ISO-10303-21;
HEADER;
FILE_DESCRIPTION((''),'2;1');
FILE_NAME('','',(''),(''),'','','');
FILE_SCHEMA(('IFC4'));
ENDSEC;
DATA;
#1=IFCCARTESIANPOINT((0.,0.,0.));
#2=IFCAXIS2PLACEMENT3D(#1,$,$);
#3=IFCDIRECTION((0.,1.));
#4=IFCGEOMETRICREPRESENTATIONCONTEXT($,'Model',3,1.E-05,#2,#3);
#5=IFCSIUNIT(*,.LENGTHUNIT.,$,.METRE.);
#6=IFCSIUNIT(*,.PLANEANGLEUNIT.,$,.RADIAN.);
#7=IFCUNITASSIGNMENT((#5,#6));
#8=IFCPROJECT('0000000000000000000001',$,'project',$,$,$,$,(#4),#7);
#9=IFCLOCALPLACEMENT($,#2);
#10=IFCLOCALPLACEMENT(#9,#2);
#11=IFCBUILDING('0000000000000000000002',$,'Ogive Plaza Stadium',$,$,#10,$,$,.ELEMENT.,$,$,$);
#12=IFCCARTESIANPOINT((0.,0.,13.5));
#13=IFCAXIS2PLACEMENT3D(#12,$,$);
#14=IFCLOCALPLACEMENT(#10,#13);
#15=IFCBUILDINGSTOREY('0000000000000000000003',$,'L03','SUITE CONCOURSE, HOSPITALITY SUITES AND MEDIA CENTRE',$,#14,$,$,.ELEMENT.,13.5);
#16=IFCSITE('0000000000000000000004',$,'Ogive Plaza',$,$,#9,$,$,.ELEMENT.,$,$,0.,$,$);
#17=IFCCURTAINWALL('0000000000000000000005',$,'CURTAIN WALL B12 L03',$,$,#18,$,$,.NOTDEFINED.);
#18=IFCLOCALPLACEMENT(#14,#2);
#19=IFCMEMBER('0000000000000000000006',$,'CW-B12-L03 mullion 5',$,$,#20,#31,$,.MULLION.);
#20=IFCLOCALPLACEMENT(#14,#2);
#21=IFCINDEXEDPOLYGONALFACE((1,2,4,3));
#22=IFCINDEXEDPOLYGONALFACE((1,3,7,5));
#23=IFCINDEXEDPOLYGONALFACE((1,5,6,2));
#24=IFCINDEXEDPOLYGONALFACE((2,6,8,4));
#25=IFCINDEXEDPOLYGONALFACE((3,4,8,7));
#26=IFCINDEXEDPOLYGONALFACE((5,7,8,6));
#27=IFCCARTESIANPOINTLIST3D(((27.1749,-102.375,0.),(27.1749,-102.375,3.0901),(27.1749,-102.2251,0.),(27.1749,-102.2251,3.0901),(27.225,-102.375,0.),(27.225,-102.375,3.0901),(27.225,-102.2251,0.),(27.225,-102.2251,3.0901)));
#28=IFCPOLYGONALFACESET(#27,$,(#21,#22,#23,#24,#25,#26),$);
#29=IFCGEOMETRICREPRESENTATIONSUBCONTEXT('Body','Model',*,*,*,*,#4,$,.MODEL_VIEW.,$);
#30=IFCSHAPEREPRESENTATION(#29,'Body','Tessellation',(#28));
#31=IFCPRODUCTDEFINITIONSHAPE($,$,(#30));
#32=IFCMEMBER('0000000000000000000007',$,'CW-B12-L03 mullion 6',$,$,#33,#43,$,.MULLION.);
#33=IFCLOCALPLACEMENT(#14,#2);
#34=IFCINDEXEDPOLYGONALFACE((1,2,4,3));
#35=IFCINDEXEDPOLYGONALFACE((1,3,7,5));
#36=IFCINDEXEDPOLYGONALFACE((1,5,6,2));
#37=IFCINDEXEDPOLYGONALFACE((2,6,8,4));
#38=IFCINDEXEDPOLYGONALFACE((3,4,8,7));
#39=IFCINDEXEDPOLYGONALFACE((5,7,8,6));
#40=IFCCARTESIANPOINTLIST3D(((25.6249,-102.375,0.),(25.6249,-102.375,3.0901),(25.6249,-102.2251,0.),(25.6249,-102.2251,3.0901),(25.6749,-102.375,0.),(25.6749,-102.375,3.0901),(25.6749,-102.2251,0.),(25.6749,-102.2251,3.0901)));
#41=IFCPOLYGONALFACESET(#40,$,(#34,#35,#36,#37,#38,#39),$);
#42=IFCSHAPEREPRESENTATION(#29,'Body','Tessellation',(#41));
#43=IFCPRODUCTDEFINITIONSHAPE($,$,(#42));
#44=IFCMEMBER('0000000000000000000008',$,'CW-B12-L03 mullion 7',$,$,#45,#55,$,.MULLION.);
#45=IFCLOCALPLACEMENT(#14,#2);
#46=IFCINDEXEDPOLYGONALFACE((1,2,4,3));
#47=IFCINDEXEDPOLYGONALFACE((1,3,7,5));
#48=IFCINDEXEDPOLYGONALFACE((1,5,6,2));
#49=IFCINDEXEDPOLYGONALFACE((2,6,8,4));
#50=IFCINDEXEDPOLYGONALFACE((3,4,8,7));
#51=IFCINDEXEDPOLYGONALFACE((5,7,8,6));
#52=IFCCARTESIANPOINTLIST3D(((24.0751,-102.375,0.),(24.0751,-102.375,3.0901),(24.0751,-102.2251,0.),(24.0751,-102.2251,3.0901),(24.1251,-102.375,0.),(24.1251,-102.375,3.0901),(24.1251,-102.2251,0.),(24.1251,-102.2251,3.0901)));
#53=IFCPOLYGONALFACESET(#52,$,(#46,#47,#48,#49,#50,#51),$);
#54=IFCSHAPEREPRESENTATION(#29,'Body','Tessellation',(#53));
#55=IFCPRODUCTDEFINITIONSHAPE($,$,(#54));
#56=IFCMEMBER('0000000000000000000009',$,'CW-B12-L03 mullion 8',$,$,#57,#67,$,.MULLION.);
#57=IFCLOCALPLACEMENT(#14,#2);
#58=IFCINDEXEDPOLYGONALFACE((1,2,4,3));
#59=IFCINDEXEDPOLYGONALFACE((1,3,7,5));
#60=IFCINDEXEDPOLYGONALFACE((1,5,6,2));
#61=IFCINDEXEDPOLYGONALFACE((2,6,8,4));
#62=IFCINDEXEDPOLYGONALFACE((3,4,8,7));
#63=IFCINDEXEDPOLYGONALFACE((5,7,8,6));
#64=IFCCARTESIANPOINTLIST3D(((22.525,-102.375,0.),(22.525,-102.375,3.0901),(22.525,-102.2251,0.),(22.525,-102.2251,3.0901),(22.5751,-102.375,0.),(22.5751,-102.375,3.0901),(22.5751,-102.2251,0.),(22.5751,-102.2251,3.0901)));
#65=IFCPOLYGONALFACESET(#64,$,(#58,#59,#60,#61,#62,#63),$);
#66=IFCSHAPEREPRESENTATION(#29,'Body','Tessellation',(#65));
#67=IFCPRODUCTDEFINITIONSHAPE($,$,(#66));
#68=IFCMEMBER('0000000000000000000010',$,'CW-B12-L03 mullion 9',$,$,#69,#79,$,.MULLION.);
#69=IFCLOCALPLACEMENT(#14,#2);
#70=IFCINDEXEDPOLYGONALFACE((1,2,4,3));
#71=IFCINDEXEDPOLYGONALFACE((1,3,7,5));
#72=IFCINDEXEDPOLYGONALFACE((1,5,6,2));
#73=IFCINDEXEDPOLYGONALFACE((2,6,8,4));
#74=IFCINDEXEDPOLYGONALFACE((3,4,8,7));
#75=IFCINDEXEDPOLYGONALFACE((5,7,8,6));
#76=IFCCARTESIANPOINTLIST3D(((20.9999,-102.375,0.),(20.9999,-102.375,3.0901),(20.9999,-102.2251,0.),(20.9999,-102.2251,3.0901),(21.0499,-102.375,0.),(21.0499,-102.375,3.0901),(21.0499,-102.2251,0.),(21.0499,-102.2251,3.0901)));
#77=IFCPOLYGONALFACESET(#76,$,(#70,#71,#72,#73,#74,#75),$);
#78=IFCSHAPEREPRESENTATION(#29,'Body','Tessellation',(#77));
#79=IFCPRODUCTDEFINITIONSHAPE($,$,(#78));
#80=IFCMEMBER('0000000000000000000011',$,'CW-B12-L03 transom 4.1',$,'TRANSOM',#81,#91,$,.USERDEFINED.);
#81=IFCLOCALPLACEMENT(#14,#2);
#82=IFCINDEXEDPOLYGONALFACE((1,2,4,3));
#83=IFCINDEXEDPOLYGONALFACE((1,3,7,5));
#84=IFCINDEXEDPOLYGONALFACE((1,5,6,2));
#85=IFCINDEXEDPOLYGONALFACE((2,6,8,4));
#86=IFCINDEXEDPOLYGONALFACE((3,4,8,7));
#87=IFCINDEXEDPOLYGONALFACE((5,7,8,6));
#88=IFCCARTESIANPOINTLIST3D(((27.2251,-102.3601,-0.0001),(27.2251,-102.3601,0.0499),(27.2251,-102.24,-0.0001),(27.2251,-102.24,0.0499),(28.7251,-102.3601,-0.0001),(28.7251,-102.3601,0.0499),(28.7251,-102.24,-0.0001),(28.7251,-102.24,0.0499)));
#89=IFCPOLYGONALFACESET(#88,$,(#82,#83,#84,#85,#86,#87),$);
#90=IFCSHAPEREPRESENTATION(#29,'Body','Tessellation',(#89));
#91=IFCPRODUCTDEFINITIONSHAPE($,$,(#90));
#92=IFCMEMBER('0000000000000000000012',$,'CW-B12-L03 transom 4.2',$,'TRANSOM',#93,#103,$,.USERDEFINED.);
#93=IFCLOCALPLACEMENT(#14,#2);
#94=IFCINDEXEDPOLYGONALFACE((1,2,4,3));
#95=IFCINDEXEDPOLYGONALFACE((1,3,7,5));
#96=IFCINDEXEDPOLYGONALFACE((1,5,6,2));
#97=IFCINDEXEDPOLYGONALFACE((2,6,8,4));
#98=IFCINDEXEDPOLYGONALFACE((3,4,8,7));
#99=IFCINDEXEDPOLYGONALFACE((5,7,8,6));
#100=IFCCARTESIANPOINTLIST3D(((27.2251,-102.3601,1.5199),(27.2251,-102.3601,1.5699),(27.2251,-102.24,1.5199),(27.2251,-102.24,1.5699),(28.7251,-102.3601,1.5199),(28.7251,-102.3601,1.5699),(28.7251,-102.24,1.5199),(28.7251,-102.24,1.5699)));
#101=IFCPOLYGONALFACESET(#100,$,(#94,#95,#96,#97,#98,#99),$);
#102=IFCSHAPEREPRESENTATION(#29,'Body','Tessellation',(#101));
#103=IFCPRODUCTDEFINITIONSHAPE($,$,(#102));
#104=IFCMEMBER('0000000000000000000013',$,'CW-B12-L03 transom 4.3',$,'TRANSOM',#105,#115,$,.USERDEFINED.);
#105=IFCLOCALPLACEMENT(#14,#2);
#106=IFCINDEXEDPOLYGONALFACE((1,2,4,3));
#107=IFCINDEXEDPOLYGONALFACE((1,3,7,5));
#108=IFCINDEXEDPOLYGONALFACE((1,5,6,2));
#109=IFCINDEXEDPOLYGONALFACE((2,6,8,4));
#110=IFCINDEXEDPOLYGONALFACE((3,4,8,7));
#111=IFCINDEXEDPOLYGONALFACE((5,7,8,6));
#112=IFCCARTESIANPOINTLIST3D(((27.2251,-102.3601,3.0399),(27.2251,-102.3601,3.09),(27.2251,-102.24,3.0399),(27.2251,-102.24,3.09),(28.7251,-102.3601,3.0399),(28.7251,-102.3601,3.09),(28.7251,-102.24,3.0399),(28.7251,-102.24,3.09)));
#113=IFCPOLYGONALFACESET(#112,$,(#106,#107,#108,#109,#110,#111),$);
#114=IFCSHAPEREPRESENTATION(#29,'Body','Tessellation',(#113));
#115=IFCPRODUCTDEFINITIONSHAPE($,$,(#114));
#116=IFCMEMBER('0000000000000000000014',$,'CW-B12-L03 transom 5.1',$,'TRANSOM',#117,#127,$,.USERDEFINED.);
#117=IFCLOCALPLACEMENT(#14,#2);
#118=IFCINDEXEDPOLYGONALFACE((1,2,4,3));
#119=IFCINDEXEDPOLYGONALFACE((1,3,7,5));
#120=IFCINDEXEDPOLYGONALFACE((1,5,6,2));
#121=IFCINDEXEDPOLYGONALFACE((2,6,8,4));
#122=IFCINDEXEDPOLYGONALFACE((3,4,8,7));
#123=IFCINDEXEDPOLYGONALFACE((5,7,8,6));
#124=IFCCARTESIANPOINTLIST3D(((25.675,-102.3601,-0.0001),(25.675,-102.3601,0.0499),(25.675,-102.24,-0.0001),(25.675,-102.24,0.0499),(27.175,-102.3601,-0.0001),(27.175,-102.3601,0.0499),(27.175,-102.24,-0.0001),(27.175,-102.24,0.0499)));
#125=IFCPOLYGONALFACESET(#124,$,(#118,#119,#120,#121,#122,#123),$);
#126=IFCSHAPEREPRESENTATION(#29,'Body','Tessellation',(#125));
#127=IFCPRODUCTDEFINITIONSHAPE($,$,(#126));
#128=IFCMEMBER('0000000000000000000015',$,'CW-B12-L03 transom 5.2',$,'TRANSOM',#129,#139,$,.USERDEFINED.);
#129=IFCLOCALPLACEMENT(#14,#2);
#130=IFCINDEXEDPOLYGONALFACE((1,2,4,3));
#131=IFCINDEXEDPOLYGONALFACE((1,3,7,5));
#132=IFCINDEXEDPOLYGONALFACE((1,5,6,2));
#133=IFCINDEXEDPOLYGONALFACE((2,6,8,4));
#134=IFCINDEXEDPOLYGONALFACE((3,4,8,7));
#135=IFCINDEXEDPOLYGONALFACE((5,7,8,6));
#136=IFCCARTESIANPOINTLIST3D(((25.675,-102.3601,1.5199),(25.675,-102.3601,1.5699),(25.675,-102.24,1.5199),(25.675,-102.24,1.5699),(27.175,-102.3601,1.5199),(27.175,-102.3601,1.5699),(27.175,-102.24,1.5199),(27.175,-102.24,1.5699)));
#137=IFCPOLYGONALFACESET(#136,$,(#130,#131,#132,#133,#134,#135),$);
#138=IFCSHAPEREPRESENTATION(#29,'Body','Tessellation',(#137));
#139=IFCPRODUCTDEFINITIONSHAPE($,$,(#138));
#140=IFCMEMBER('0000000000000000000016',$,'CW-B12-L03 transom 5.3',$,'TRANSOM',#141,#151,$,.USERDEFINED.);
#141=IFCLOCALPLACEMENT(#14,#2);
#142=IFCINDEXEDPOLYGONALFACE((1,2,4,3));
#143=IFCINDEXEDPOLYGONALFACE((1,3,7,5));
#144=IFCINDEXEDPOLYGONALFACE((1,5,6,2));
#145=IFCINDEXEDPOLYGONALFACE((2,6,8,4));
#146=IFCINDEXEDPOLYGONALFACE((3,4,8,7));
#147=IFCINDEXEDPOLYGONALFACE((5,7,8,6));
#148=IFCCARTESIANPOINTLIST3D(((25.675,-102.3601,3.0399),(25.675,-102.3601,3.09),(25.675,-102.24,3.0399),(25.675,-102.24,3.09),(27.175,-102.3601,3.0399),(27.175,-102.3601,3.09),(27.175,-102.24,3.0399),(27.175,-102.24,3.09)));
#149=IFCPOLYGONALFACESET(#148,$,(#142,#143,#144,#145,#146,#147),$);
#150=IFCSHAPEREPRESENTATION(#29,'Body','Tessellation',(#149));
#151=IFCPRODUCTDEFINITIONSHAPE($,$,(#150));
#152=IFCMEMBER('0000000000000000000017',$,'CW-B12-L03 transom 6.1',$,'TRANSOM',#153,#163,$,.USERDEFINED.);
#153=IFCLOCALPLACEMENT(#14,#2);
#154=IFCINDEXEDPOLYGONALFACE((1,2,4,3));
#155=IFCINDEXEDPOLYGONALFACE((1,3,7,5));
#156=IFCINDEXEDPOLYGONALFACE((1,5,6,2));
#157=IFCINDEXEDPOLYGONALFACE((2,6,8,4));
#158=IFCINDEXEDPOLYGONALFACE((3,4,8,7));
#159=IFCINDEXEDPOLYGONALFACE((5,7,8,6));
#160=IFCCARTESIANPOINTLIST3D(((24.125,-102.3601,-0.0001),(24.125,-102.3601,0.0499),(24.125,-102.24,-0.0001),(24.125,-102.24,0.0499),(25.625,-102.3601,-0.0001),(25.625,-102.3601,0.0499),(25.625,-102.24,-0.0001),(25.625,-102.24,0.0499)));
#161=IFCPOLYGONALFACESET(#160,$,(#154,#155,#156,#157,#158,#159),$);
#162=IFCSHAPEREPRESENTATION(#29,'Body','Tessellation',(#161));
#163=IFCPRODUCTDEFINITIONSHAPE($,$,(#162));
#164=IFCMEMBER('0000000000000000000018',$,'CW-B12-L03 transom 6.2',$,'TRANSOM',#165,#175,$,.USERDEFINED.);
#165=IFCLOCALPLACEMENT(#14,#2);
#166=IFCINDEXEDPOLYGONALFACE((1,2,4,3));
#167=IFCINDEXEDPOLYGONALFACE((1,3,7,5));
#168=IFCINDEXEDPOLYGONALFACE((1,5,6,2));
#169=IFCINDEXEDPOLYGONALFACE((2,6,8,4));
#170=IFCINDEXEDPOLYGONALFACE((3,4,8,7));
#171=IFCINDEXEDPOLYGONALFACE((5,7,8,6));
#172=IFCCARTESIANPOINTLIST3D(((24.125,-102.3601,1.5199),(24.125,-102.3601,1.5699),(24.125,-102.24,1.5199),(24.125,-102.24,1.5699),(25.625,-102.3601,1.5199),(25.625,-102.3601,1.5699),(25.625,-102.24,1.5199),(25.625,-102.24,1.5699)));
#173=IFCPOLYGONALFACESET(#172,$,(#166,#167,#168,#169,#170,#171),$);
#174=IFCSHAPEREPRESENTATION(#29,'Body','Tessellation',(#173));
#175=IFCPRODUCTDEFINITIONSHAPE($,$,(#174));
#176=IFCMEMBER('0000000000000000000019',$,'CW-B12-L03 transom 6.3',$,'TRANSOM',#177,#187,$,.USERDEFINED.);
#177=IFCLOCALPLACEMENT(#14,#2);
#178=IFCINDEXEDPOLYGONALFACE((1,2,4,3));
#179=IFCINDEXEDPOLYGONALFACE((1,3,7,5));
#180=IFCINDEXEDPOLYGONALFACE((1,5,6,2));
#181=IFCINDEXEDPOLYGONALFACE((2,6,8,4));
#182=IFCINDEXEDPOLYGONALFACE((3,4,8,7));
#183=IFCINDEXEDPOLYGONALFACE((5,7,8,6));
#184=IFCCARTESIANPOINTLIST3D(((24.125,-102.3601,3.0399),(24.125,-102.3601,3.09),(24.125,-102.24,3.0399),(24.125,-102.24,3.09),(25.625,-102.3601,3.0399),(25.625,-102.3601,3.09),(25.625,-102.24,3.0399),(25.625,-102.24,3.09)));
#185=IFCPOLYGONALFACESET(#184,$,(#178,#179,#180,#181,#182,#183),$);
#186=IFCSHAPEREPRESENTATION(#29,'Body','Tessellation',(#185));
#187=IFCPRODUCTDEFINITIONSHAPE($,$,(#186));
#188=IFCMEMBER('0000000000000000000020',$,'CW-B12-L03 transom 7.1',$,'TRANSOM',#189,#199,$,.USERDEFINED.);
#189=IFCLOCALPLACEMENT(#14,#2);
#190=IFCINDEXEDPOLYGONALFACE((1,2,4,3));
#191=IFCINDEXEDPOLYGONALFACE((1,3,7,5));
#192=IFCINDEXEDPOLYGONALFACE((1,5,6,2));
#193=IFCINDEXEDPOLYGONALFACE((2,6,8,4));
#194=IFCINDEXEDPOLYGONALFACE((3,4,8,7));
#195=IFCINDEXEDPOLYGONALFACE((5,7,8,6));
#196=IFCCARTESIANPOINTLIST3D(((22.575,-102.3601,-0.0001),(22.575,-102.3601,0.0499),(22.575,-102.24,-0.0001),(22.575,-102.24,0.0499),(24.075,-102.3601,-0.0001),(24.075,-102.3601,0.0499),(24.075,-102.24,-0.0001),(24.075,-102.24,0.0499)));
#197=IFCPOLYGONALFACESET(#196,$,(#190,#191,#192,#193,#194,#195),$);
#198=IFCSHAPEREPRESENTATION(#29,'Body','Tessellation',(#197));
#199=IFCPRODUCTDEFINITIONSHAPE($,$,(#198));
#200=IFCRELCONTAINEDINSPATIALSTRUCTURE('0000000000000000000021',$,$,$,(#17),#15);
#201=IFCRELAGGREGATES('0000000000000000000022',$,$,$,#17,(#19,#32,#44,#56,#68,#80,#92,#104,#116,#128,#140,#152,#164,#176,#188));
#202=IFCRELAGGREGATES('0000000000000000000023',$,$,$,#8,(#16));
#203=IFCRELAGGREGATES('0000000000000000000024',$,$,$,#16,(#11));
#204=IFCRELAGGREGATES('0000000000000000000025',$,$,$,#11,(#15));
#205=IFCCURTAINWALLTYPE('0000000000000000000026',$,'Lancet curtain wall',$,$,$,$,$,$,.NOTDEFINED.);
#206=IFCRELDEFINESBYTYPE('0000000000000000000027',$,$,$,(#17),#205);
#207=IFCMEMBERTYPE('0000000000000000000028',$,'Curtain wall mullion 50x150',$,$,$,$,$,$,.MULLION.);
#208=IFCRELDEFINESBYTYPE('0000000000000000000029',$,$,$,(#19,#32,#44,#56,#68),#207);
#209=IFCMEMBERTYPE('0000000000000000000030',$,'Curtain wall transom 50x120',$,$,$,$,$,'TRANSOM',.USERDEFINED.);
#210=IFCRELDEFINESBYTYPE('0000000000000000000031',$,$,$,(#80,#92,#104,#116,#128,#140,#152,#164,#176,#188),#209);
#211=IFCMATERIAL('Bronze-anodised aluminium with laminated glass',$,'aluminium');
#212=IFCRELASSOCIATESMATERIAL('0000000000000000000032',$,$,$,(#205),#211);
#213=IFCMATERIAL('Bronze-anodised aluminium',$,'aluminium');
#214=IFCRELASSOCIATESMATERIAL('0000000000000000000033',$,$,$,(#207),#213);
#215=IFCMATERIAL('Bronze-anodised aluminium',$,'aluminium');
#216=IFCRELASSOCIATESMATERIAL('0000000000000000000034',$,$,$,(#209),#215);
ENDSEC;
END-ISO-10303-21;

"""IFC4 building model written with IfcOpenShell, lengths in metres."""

from ifc_helpers import new_model, si_unit, direction, frame, origin, origin_2d, place, context, subcontext, project, spatial, rectangle, extrude, material, material_profile, profile_set, type_object, element, aggregate, save


model = new_model("IFC4")

# Units and contexts
model_context = context("Model", 3, precision=1e-05, world=origin(), true_north=direction((0.0, 1.0)))
body_context = subcontext(model_context, "Body", "Model", "MODEL_VIEW")
ifc_project = project(units=[si_unit("LENGTHUNIT", "METRE"), si_unit("PLANEANGLEUNIT", "RADIAN")], contexts=[model_context])

# Site, building, storey
site_placement = place(None, origin())
site = spatial("IfcSite", under=ifc_project, at=site_placement, Name="Ogive Plaza", CompositionType="ELEMENT", RefElevation=0.0)
building_placement = place(site_placement, origin())
building = spatial("IfcBuilding", under=site, at=building_placement, Name="Ogive Plaza Stadium", CompositionType="ELEMENT")
storey_placement = place(building_placement, frame((0.0, 0.0, 13.5)))
storey = spatial("IfcBuildingStorey", under=building, at=storey_placement, Name="L03", Description="SUITE CONCOURSE, HOSPITALITY SUITES AND MEDIA CENTRE", CompositionType="ELEMENT", Elevation=13.5)

# Curtain wall, members
ifc_material_1 = material(Name="Bronze-anodised aluminium with laminated glass", Category="aluminium")
curtain_wall_type = type_object("IfcCurtainWallType", Name="Lancet curtain wall", PredefinedType="NOTDEFINED", material=ifc_material_1)
curtain_wall_placement = place(storey_placement, origin())
curtain_wall = element("IfcCurtainWall", 1, at=curtain_wall_placement, inside=storey, type_object=curtain_wall_type, Name="CURTAIN WALL B12 L03", PredefinedType="NOTDEFINED")
ifc_material_2 = material(Name="Bronze-anodised aluminium", Category="aluminium")
ifc_material_profile_1 = material_profile(ifc_material_2, rectangle(XDim=0.1499, YDim=0.05, at=origin_2d()), Name="AL 150x50")
ifc_profile_set_1 = profile_set([ifc_material_profile_1], Name="Bronze-anodised aluminium")
member_type_1 = type_object("IfcMemberType", Name="Curtain wall mullion 50x150", PredefinedType="MULLION", material=ifc_profile_set_1)
member_1_placement = place(storey_placement, frame((27.2, -102.3, 0.0), z_axis=(0.0, 0.0, 1.0), x_axis=(0.0, -1.0, 0.0)))
member_1 = element("IfcMember", 2, at=member_1_placement, type_object=member_type_1, Name="CW-B12-L03 mullion 5", PredefinedType="MULLION", context=body_context, shape_type="SweptSolid", body=[
    extrude(rectangle(XDim=0.1499, YDim=0.05, at=origin_2d()), origin(), (0.0, 0.0, 1.0), 3.0901),
])
member_2_placement = place(storey_placement, frame((25.6499, -102.3, 0.0), z_axis=(0.0, 0.0, 1.0), x_axis=(0.0, -1.0, 0.0)))
member_2 = element("IfcMember", 3, at=member_2_placement, type_object=member_type_1, Name="CW-B12-L03 mullion 6", PredefinedType="MULLION", context=body_context, shape_type="SweptSolid", body=[
    extrude(rectangle(XDim=0.1499, YDim=0.05, at=origin_2d()), origin(), (0.0, 0.0, 1.0), 3.0901),
])
member_3_placement = place(storey_placement, frame((24.1001, -102.3, 0.0), z_axis=(0.0, 0.0, 1.0), x_axis=(0.0, -1.0, 0.0)))
member_3 = element("IfcMember", 4, at=member_3_placement, type_object=member_type_1, Name="CW-B12-L03 mullion 7", PredefinedType="MULLION", context=body_context, shape_type="SweptSolid", body=[
    extrude(rectangle(XDim=0.1499, YDim=0.05, at=origin_2d()), origin(), (0.0, 0.0, 1.0), 3.0901),
])
member_4_placement = place(storey_placement, frame((22.55, -102.3, 0.0), z_axis=(0.0, 0.0, 1.0), x_axis=(0.0, -1.0, 0.0)))
member_4 = element("IfcMember", 5, at=member_4_placement, type_object=member_type_1, Name="CW-B12-L03 mullion 8", PredefinedType="MULLION", context=body_context, shape_type="SweptSolid", body=[
    extrude(rectangle(XDim=0.1499, YDim=0.05, at=origin_2d()), origin(), (0.0, 0.0, 1.0), 3.0901),
])
member_5_placement = place(storey_placement, frame((21.0249, -102.3, 0.0), z_axis=(0.0, 0.0, 1.0), x_axis=(0.0, -1.0, 0.0)))
member_5 = element("IfcMember", 6, at=member_5_placement, type_object=member_type_1, Name="CW-B12-L03 mullion 9", PredefinedType="MULLION", context=body_context, shape_type="SweptSolid", body=[
    extrude(rectangle(XDim=0.1499, YDim=0.05, at=origin_2d()), origin(), (0.0, 0.0, 1.0), 3.0901),
])
ifc_material_3 = material(Name="Bronze-anodised aluminium", Category="aluminium")
ifc_material_profile_2 = material_profile(ifc_material_3, rectangle(XDim=0.1201, YDim=0.05, at=origin_2d()), Name="AL 120x50")
ifc_profile_set_2 = profile_set([ifc_material_profile_2], Name="Bronze-anodised aluminium")
member_type_2 = type_object("IfcMemberType", Name="Curtain wall transom 50x120", ElementType="TRANSOM", PredefinedType="USERDEFINED", material=ifc_profile_set_2)
member_6_placement = place(storey_placement, frame((28.7251, -102.3, 0.0249), z_axis=(-1.0, 0.0, 0.0), x_axis=(0.0, -1.0, 0.0)))
member_6 = element("IfcMember", 7, at=member_6_placement, type_object=member_type_2, Name="CW-B12-L03 transom 4.1", ObjectType="TRANSOM", PredefinedType="USERDEFINED", context=body_context, shape_type="SweptSolid", body=[
    extrude(rectangle(XDim=0.1201, YDim=0.05, at=origin_2d()), origin(), (0.0, 0.0, 1.0), 1.5),
])
member_7_placement = place(storey_placement, frame((28.7251, -102.3, 1.5449), z_axis=(-1.0, 0.0, 0.0), x_axis=(0.0, -1.0, 0.0)))
member_7 = element("IfcMember", 8, at=member_7_placement, type_object=member_type_2, Name="CW-B12-L03 transom 4.2", ObjectType="TRANSOM", PredefinedType="USERDEFINED", context=body_context, shape_type="SweptSolid", body=[
    extrude(rectangle(XDim=0.1201, YDim=0.05, at=origin_2d()), origin(), (0.0, 0.0, 1.0), 1.5),
])
member_8_placement = place(storey_placement, frame((28.7251, -102.3, 3.0649), z_axis=(-1.0, 0.0, 0.0), x_axis=(0.0, -1.0, 0.0)))
member_8 = element("IfcMember", 9, at=member_8_placement, type_object=member_type_2, Name="CW-B12-L03 transom 4.3", ObjectType="TRANSOM", PredefinedType="USERDEFINED", context=body_context, shape_type="SweptSolid", body=[
    extrude(rectangle(XDim=0.1201, YDim=0.05, at=origin_2d()), origin(), (0.0, 0.0, 1.0), 1.5),
])
member_9_placement = place(storey_placement, frame((27.175, -102.3, 0.0249), z_axis=(-1.0, 0.0, 0.0), x_axis=(0.0, -1.0, 0.0)))
member_9 = element("IfcMember", 10, at=member_9_placement, type_object=member_type_2, Name="CW-B12-L03 transom 5.1", ObjectType="TRANSOM", PredefinedType="USERDEFINED", context=body_context, shape_type="SweptSolid", body=[
    extrude(rectangle(XDim=0.1201, YDim=0.05, at=origin_2d()), origin(), (0.0, 0.0, 1.0), 1.5),
])
member_10_placement = place(storey_placement, frame((27.175, -102.3, 1.5449), z_axis=(-1.0, 0.0, 0.0), x_axis=(0.0, -1.0, 0.0)))
member_10 = element("IfcMember", 11, at=member_10_placement, type_object=member_type_2, Name="CW-B12-L03 transom 5.2", ObjectType="TRANSOM", PredefinedType="USERDEFINED", context=body_context, shape_type="SweptSolid", body=[
    extrude(rectangle(XDim=0.1201, YDim=0.05, at=origin_2d()), origin(), (0.0, 0.0, 1.0), 1.5),
])
member_11_placement = place(storey_placement, frame((27.175, -102.3, 3.0649), z_axis=(-1.0, 0.0, 0.0), x_axis=(0.0, -1.0, 0.0)))
member_11 = element("IfcMember", 12, at=member_11_placement, type_object=member_type_2, Name="CW-B12-L03 transom 5.3", ObjectType="TRANSOM", PredefinedType="USERDEFINED", context=body_context, shape_type="SweptSolid", body=[
    extrude(rectangle(XDim=0.1201, YDim=0.05, at=origin_2d()), origin(), (0.0, 0.0, 1.0), 1.5),
])
member_12_placement = place(storey_placement, frame((25.625, -102.3, 0.0249), z_axis=(-1.0, 0.0, 0.0), x_axis=(0.0, -1.0, 0.0)))
member_12 = element("IfcMember", 13, at=member_12_placement, type_object=member_type_2, Name="CW-B12-L03 transom 6.1", ObjectType="TRANSOM", PredefinedType="USERDEFINED", context=body_context, shape_type="SweptSolid", body=[
    extrude(rectangle(XDim=0.1201, YDim=0.05, at=origin_2d()), origin(), (0.0, 0.0, 1.0), 1.5),
])
member_13_placement = place(storey_placement, frame((25.625, -102.3, 1.5449), z_axis=(-1.0, 0.0, 0.0), x_axis=(0.0, -1.0, 0.0)))
member_13 = element("IfcMember", 14, at=member_13_placement, type_object=member_type_2, Name="CW-B12-L03 transom 6.2", ObjectType="TRANSOM", PredefinedType="USERDEFINED", context=body_context, shape_type="SweptSolid", body=[
    extrude(rectangle(XDim=0.1201, YDim=0.05, at=origin_2d()), origin(), (0.0, 0.0, 1.0), 1.5),
])
member_14_placement = place(storey_placement, frame((25.625, -102.3, 3.0649), z_axis=(-1.0, 0.0, 0.0), x_axis=(0.0, -1.0, 0.0)))
member_14 = element("IfcMember", 15, at=member_14_placement, type_object=member_type_2, Name="CW-B12-L03 transom 6.3", ObjectType="TRANSOM", PredefinedType="USERDEFINED", context=body_context, shape_type="SweptSolid", body=[
    extrude(rectangle(XDim=0.1201, YDim=0.05, at=origin_2d()), origin(), (0.0, 0.0, 1.0), 1.5),
])
member_15_placement = place(storey_placement, frame((24.075, -102.3, 0.0249), z_axis=(-1.0, 0.0, 0.0), x_axis=(0.0, -1.0, 0.0)))
member_15 = element("IfcMember", 16, at=member_15_placement, type_object=member_type_2, Name="CW-B12-L03 transom 7.1", ObjectType="TRANSOM", PredefinedType="USERDEFINED", context=body_context, shape_type="SweptSolid", body=[
    extrude(rectangle(XDim=0.1201, YDim=0.05, at=origin_2d()), origin(), (0.0, 0.0, 1.0), 1.5),
])
aggregate(curtain_wall, [member_1, member_2, member_3, member_4, member_5, member_6, member_7, member_8, member_9, member_10, member_11, member_12, member_13, member_14, member_15])

save(model, "model.ifc")
